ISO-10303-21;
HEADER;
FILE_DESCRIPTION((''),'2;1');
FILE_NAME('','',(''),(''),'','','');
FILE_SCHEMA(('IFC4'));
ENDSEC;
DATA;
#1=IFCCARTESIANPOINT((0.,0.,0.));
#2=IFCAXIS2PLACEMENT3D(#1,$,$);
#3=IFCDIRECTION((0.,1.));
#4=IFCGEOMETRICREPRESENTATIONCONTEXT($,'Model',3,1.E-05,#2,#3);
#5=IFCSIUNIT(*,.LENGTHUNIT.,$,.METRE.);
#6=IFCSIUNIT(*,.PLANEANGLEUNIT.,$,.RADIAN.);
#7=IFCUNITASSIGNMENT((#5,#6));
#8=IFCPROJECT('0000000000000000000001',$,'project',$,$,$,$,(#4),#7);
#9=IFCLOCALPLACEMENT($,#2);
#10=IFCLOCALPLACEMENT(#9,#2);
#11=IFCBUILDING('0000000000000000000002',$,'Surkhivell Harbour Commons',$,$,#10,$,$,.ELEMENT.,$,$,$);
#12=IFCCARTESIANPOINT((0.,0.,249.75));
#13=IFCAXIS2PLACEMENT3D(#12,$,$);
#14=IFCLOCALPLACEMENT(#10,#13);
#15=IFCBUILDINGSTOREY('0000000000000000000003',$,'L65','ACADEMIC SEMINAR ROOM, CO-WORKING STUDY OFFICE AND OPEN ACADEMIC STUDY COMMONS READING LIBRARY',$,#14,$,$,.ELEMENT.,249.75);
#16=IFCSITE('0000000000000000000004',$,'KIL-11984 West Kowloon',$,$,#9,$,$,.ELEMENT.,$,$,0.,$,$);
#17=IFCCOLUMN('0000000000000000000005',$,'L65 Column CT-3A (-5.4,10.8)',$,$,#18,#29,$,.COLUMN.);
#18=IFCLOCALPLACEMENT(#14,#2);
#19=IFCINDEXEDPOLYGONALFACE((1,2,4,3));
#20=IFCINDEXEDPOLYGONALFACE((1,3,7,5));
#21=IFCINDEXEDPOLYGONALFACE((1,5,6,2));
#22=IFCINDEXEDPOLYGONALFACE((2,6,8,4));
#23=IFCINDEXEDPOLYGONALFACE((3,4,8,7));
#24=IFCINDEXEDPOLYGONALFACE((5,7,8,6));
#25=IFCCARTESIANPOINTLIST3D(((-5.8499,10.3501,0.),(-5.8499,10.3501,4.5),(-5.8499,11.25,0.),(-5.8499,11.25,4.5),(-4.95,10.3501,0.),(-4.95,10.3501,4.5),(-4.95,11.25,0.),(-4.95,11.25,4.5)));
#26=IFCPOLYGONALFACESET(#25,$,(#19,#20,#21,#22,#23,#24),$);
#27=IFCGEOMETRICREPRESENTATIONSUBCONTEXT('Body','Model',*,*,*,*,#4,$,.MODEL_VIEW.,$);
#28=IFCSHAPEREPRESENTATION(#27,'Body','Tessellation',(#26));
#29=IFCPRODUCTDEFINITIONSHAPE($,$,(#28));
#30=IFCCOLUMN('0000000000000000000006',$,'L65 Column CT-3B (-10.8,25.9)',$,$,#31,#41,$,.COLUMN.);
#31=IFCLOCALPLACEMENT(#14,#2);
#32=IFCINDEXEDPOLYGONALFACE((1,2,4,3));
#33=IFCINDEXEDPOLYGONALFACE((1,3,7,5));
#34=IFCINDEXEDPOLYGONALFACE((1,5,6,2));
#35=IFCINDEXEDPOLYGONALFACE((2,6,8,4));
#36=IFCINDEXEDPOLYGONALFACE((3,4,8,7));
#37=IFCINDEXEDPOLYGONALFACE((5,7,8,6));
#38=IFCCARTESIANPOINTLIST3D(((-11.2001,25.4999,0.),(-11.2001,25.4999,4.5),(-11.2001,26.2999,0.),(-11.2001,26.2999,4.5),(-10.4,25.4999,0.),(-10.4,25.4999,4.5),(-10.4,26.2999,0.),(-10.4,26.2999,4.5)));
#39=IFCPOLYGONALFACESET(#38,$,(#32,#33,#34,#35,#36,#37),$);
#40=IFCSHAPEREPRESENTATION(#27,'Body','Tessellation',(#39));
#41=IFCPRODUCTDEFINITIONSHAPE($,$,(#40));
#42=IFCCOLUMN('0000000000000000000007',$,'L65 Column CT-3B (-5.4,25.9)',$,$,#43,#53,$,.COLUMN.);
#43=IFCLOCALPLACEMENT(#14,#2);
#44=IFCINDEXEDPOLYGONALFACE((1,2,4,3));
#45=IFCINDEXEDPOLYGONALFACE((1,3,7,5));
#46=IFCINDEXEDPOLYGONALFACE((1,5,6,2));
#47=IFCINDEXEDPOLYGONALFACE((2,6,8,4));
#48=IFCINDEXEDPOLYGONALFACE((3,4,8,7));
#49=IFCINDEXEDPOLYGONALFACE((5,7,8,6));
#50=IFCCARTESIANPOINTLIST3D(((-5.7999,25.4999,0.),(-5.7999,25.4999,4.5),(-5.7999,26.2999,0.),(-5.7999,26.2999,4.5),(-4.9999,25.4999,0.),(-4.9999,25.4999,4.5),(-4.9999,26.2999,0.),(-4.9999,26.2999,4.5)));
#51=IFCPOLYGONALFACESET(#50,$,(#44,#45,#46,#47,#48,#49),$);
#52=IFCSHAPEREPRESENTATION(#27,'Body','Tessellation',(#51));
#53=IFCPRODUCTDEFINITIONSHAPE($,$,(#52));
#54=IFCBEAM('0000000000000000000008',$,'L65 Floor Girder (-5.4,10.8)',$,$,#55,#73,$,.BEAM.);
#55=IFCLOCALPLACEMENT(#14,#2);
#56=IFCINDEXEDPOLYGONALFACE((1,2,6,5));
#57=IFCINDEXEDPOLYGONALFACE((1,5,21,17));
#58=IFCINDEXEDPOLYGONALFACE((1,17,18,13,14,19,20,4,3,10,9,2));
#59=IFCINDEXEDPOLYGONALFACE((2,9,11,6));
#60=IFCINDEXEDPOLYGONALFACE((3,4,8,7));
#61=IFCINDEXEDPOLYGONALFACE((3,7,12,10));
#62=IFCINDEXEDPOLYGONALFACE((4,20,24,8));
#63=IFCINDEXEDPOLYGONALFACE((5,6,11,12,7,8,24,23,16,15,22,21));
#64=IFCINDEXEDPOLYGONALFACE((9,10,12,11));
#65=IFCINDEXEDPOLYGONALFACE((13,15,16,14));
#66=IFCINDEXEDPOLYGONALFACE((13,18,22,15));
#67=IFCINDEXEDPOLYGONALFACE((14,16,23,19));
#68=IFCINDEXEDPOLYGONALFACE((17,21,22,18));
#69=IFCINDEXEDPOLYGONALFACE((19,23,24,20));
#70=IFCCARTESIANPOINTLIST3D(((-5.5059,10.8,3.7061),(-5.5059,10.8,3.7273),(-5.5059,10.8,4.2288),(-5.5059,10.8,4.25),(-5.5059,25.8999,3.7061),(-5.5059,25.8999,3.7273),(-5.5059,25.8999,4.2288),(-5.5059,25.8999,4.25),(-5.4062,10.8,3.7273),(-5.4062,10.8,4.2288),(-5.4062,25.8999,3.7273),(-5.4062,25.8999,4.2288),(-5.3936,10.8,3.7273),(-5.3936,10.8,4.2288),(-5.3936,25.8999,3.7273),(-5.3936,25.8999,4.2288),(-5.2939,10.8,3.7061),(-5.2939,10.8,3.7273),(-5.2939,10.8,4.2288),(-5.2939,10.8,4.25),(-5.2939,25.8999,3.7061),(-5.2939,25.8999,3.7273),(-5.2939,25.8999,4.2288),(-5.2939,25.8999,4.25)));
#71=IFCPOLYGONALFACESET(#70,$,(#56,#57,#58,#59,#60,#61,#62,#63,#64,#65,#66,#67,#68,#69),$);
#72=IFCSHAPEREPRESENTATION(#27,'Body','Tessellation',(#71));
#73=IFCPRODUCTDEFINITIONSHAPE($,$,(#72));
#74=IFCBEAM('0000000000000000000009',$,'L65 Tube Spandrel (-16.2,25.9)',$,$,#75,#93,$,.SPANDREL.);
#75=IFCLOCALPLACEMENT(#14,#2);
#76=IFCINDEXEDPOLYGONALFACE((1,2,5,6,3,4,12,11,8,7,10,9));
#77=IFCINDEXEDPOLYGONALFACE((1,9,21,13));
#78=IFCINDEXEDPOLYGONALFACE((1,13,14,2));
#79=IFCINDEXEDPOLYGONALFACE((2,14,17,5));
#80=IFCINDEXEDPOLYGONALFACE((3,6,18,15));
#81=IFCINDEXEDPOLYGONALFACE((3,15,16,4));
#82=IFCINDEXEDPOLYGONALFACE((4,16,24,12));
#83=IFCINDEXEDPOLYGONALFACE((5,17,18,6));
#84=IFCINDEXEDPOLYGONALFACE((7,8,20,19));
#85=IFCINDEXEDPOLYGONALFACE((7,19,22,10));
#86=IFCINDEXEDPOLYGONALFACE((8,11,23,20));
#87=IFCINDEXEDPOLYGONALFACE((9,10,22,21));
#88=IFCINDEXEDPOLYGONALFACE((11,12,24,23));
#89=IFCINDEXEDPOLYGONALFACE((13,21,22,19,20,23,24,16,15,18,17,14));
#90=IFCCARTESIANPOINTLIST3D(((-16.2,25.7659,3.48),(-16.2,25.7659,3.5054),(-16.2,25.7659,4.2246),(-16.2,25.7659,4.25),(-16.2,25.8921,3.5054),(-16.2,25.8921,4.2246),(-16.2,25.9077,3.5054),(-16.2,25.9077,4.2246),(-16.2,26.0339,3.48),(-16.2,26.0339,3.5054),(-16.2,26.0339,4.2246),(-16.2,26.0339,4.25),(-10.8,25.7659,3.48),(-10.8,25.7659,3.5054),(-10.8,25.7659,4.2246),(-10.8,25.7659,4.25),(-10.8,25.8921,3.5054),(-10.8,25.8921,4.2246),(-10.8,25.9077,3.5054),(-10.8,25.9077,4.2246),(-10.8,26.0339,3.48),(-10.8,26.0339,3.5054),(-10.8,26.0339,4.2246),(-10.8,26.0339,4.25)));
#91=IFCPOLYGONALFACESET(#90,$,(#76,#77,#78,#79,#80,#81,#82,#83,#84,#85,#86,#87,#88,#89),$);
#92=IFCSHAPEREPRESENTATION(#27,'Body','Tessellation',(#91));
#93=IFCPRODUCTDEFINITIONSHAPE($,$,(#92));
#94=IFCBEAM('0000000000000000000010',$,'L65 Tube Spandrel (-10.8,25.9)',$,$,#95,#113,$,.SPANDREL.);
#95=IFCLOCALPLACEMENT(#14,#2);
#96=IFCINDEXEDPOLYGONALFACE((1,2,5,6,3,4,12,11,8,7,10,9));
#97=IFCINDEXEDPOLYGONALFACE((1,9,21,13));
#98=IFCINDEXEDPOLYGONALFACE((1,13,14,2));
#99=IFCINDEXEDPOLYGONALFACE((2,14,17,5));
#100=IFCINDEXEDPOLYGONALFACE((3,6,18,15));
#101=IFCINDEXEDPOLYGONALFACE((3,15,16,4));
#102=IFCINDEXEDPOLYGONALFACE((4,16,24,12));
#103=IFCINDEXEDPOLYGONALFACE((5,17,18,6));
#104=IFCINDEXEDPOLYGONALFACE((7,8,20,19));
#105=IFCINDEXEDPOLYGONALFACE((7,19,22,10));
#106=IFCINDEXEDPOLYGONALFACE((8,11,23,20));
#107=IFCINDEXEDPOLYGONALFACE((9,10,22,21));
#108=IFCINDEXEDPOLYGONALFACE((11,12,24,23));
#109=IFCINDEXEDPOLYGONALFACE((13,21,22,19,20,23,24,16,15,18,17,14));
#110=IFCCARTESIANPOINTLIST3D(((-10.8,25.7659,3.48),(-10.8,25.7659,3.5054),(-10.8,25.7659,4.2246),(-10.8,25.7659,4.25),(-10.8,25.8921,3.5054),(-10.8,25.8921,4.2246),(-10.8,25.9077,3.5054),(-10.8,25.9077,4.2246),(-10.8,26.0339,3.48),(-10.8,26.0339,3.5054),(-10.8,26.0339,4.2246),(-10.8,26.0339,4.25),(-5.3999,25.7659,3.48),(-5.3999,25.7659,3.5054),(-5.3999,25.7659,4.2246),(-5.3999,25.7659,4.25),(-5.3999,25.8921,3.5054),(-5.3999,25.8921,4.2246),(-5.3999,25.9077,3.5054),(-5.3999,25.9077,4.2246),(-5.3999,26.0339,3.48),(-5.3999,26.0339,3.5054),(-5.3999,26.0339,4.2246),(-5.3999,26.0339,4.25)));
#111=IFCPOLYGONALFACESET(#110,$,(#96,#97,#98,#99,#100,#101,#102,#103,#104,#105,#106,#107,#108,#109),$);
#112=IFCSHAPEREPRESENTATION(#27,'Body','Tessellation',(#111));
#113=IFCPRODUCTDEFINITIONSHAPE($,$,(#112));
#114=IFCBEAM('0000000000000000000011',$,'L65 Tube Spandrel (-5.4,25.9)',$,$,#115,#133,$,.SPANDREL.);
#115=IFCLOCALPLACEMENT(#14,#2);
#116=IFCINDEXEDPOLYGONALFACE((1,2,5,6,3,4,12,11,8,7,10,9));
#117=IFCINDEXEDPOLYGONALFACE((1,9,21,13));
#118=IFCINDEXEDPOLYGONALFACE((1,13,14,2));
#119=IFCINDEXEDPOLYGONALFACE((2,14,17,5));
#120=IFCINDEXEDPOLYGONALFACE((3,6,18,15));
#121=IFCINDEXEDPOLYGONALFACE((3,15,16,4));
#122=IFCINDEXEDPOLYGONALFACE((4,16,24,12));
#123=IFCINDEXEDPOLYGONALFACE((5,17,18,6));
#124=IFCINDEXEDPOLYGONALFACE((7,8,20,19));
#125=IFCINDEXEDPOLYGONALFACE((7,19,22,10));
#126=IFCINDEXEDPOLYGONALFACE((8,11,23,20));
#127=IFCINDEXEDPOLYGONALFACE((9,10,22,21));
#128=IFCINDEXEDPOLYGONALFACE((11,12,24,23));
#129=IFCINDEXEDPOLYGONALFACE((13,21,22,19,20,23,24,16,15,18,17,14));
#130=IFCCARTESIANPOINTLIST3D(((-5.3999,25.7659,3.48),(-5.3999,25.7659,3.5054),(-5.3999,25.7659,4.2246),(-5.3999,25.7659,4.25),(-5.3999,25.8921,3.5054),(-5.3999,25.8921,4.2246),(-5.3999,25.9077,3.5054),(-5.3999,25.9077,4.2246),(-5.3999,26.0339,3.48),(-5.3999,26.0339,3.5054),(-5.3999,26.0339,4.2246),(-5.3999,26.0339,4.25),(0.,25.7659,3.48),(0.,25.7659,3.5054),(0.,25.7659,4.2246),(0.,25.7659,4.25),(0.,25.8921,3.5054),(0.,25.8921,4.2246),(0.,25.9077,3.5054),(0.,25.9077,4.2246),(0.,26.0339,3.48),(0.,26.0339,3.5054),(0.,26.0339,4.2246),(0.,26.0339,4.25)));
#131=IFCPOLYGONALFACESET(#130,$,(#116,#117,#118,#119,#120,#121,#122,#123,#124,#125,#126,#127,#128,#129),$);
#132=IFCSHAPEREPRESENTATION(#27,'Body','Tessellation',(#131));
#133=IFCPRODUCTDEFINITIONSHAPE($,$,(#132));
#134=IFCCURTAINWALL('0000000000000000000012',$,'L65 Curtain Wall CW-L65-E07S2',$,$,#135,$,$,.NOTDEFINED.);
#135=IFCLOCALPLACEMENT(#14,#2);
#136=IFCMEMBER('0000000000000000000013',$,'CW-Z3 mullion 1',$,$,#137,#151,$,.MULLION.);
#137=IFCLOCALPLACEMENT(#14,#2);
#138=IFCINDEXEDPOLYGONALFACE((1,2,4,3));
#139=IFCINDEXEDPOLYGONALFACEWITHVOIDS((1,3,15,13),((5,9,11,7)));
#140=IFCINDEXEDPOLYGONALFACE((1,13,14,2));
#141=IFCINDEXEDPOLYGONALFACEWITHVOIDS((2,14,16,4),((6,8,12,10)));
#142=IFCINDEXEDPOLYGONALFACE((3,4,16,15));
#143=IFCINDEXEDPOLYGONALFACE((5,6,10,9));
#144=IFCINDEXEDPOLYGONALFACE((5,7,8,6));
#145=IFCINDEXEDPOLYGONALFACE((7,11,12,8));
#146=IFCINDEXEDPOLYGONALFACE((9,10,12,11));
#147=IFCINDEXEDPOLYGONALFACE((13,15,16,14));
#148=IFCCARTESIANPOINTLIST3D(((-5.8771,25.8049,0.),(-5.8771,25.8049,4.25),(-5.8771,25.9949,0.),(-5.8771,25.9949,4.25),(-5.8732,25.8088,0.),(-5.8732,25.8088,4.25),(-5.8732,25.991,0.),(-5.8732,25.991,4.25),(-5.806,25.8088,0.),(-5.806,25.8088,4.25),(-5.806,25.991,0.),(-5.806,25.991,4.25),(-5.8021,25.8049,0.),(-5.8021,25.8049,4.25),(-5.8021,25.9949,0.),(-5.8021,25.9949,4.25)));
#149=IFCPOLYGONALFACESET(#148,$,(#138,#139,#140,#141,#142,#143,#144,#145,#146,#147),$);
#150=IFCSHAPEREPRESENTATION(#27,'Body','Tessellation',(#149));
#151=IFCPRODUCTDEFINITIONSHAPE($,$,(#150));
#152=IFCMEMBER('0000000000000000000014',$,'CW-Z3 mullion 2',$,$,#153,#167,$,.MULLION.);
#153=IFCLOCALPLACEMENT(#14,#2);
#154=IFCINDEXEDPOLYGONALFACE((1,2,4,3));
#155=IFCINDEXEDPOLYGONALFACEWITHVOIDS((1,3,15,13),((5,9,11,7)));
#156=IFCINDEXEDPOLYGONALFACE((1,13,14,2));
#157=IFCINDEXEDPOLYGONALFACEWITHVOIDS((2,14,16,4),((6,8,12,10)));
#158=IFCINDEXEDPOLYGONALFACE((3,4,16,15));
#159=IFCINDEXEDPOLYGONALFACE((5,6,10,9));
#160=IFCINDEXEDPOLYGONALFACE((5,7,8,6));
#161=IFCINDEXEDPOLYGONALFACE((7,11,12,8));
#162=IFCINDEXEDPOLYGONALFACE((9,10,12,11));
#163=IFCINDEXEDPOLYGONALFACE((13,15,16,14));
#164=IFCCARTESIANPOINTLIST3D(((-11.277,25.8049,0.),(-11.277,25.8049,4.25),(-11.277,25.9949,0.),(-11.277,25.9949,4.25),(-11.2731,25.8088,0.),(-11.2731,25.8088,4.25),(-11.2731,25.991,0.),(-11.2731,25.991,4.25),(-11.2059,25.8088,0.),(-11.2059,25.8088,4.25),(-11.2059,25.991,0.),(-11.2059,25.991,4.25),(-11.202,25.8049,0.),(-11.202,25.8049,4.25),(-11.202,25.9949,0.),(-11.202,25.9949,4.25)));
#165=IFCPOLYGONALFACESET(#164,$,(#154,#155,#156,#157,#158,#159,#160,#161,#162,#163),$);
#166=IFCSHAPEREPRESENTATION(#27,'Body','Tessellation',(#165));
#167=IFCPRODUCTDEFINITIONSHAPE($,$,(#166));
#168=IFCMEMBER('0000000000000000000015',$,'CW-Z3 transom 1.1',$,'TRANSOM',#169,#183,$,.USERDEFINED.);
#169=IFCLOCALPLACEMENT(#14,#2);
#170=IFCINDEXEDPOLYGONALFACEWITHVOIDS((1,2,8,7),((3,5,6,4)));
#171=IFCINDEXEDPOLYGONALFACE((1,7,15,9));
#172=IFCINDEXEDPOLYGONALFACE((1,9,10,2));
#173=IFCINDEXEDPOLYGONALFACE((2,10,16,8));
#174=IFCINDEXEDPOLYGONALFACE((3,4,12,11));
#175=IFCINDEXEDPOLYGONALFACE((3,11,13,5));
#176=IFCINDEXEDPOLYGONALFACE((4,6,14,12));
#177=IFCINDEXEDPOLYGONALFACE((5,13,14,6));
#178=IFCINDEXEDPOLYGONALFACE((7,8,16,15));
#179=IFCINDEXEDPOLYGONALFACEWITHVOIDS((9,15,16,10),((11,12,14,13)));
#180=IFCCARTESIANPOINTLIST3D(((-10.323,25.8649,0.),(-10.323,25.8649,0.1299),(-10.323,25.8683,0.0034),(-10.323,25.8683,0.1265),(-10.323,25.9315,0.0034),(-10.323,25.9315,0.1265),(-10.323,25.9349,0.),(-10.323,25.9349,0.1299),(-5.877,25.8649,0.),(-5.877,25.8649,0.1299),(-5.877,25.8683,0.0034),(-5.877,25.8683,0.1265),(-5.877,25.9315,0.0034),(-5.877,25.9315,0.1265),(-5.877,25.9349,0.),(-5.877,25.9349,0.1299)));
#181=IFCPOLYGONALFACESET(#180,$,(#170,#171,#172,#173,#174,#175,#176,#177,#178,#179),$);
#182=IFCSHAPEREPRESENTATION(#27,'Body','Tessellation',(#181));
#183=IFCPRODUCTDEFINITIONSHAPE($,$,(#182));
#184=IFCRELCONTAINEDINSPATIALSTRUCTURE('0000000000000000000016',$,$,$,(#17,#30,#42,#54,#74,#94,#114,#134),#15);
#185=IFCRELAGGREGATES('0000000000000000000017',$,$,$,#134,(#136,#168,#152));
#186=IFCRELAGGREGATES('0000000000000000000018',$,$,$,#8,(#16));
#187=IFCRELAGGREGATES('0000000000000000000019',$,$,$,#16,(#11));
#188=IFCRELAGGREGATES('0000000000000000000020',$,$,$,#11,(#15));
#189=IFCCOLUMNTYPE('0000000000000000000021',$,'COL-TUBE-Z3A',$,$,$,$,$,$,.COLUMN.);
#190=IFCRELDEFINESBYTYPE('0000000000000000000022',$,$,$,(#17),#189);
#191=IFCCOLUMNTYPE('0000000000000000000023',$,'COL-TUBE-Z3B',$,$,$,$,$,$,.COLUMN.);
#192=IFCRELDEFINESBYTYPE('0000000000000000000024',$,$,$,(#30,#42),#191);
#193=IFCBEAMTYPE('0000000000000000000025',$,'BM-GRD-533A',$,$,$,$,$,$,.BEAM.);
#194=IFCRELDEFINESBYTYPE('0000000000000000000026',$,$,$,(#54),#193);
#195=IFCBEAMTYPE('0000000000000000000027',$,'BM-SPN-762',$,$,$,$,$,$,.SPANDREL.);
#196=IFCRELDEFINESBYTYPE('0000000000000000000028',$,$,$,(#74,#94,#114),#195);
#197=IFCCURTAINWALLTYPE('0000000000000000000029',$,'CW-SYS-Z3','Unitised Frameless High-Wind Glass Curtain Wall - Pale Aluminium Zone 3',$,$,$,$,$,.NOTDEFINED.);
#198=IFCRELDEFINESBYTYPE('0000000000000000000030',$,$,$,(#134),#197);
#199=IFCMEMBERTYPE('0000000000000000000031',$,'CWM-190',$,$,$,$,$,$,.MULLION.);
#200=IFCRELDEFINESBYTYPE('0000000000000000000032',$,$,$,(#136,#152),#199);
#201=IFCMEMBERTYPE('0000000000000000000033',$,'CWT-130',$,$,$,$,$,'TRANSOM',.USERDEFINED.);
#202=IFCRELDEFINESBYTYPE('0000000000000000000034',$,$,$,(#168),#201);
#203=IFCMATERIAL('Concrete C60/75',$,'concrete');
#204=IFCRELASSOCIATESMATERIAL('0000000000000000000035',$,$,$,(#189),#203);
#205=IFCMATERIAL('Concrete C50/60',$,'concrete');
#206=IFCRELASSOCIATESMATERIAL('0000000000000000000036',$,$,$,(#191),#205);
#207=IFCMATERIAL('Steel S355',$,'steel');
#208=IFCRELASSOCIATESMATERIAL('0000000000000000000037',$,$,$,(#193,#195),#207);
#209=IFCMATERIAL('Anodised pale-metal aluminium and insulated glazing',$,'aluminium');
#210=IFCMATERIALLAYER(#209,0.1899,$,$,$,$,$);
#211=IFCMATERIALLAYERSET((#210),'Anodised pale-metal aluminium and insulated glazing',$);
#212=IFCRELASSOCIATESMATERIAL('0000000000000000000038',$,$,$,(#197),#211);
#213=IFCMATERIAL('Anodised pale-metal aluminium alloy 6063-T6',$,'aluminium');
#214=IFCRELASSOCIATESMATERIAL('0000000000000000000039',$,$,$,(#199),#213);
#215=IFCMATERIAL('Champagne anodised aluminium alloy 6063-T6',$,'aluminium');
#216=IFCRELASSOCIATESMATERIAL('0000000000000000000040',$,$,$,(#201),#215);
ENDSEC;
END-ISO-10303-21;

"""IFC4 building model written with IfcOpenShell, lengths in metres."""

from ifc_helpers import new_model, si_unit, direction, frame, origin, origin_2d, place, context, subcontext, project, spatial, rectangle, hollow_rectangle, i_section, extrude, material, layer, layer_set, material_profile, profile_set, type_object, element, aggregate, save


model = new_model("IFC4")

# Units and contexts
model_context = context("Model", 3, precision=1e-05, world=origin(), true_north=direction((0.0, 1.0)))
body_context = subcontext(model_context, "Body", "Model", "MODEL_VIEW")
ifc_project = project(units=[si_unit("LENGTHUNIT", "METRE"), si_unit("PLANEANGLEUNIT", "RADIAN")], contexts=[model_context])

# Site, building, storey
site_placement = place(None, origin())
site = spatial("IfcSite", under=ifc_project, at=site_placement, Name="KIL-11984 West Kowloon", CompositionType="ELEMENT", RefElevation=0.0)
building_placement = place(site_placement, origin())
building = spatial("IfcBuilding", under=site, at=building_placement, Name="Surkhivell Harbour Commons", CompositionType="ELEMENT")
storey_placement = place(building_placement, frame((0.0, 0.0, 249.75)))
storey = spatial("IfcBuildingStorey", under=building, at=storey_placement, Name="L65", Description="ACADEMIC SEMINAR ROOM, CO-WORKING STUDY OFFICE AND OPEN ACADEMIC STUDY COMMONS READING LIBRARY", CompositionType="ELEMENT", Elevation=249.75)

# Columns
ifc_material_1 = material(Name="Concrete C60/75", Category="concrete")
ifc_material_profile_1 = material_profile(ifc_material_1, rectangle(XDim=0.8999, YDim=0.8999, at=origin_2d()), Name="RC-COL-900x900")
ifc_profile_set_1 = profile_set([ifc_material_profile_1], Name="Concrete C60/75")
column_type_1 = type_object("IfcColumnType", Name="COL-TUBE-Z3A", PredefinedType="COLUMN", material=ifc_profile_set_1)
column_placement = place(storey_placement, frame((-5.3999, 10.8, 0.0), z_axis=(0.0, 0.0, 1.0), x_axis=(1.0, 0.0, 0.0)))
element("IfcColumn", 1, at=column_placement, inside=storey, type_object=column_type_1, Name="L65 Column CT-3A (-5.4,10.8)", PredefinedType="COLUMN", context=body_context, shape_type="SweptSolid", body=[
    extrude(rectangle(XDim=0.8999, YDim=0.8999, at=origin_2d()), origin(), (0.0, 0.0, 1.0), 4.5),
])
ifc_material_2 = material(Name="Concrete C50/60", Category="concrete")
ifc_material_profile_2 = material_profile(ifc_material_2, rectangle(XDim=0.8, YDim=0.8, at=origin_2d()), Name="RC-COL-800x800")
ifc_profile_set_2 = profile_set([ifc_material_profile_2], Name="Concrete C50/60")
column_type_2 = type_object("IfcColumnType", Name="COL-TUBE-Z3B", PredefinedType="COLUMN", material=ifc_profile_set_2)
for number, where, z_axis, x_axis, name in (
    (2, (-10.8, 25.8999, 0.0), (0.0, 0.0, 1.0), (1.0, 0.0, 0.0), "L65 Column CT-3B (-10.8,25.9)"),
    (3, (-5.3999, 25.8999, 0.0), (0.0, 0.0, 1.0), (1.0, 0.0, 0.0), "L65 Column CT-3B (-5.4,25.9)"),
):
    element("IfcColumn", number, at=place(storey_placement, frame(where, z_axis=z_axis, x_axis=x_axis)), inside=storey, type_object=column_type_2, Name=name, PredefinedType="COLUMN", context=body_context, shape_type="SweptSolid", body=[
        extrude(rectangle(XDim=0.8, YDim=0.8, at=origin_2d()), origin(), (0.0, 0.0, 1.0), 4.5),
    ])

# Beams
ifc_material_3 = material(Name="Steel S355", Category="steel")
ifc_material_profile_3 = material_profile(ifc_material_3, i_section(OverallWidth=0.2119, OverallDepth=0.5439, WebThickness=0.0127, FlangeThickness=0.0212, at=origin_2d()), Name="UB533x210x122")
ifc_profile_set_3 = profile_set([ifc_material_profile_3], Name="Steel S355")
beam_type_1 = type_object("IfcBeamType", Name="BM-GRD-533A", PredefinedType="BEAM", material=ifc_profile_set_3)
beam_1_placement = place(storey_placement, frame((-5.3999, 10.8, 3.978), z_axis=(0.0, 1.0, 0.0), x_axis=(-1.0, 0.0, 0.0)))
element("IfcBeam", 4, at=beam_1_placement, inside=storey, type_object=beam_type_1, Name="L65 Floor Girder (-5.4,10.8)", PredefinedType="BEAM", context=body_context, shape_type="SweptSolid", body=[
    extrude(i_section(OverallWidth=0.2119, OverallDepth=0.5439, WebThickness=0.0127, FlangeThickness=0.0212, at=origin_2d()), origin(), (0.0, 0.0, 1.0), 15.0999),
])
ifc_material_profile_4 = material_profile(ifc_material_3, i_section(OverallWidth=0.2681, OverallDepth=0.77, WebThickness=0.0156, FlangeThickness=0.0254, at=origin_2d()), Name="UB762x267x197")
ifc_profile_set_4 = profile_set([ifc_material_profile_4], Name="Steel S355")
beam_type_2 = type_object("IfcBeamType", Name="BM-SPN-762", PredefinedType="SPANDREL", material=ifc_profile_set_4)
beam_2_placement = place(storey_placement, frame((-16.2, 25.8999, 3.865), z_axis=(1.0, 0.0, 0.0), x_axis=(0.0, 1.0, 0.0)))
element("IfcBeam", 5, at=beam_2_placement, inside=storey, type_object=beam_type_2, Name="L65 Tube Spandrel (-16.2,25.9)", PredefinedType="SPANDREL", context=body_context, shape_type="SweptSolid", body=[
    extrude(i_section(OverallWidth=0.2681, OverallDepth=0.77, WebThickness=0.0156, FlangeThickness=0.0254, at=origin_2d()), origin(), (0.0, 0.0, 1.0), 5.3999),
])
beam_3_placement = place(storey_placement, frame((-10.8, 25.8999, 3.865), z_axis=(1.0, 0.0, 0.0), x_axis=(0.0, 1.0, 0.0)))
element("IfcBeam", 6, at=beam_3_placement, inside=storey, type_object=beam_type_2, Name="L65 Tube Spandrel (-10.8,25.9)", PredefinedType="SPANDREL", context=body_context, shape_type="SweptSolid", body=[
    extrude(i_section(OverallWidth=0.2681, OverallDepth=0.77, WebThickness=0.0156, FlangeThickness=0.0254, at=origin_2d()), origin(), (0.0, 0.0, 1.0), 5.4001),
])
beam_4_placement = place(storey_placement, frame((-5.3999, 25.8999, 3.865), z_axis=(1.0, 0.0, 0.0), x_axis=(0.0, 1.0, 0.0)))
element("IfcBeam", 7, at=beam_4_placement, inside=storey, type_object=beam_type_2, Name="L65 Tube Spandrel (-5.4,25.9)", PredefinedType="SPANDREL", context=body_context, shape_type="SweptSolid", body=[
    extrude(i_section(OverallWidth=0.2681, OverallDepth=0.77, WebThickness=0.0156, FlangeThickness=0.0254, at=origin_2d()), origin(), (0.0, 0.0, 1.0), 5.3999),
])

# Curtain wall, members
ifc_material_4 = material(Name="Anodised pale-metal aluminium and insulated glazing", Category="aluminium")
ifc_layer_1 = layer(ifc_material_4, 0.1899)
ifc_layer_set_1 = layer_set([ifc_layer_1], Name="Anodised pale-metal aluminium and insulated glazing")
curtain_wall_type = type_object("IfcCurtainWallType", Name="CW-SYS-Z3", Description="Unitised Frameless High-Wind Glass Curtain Wall - Pale Aluminium Zone 3", PredefinedType="NOTDEFINED", material=ifc_layer_set_1)
curtain_wall_placement = place(storey_placement, origin())
curtain_wall = element("IfcCurtainWall", 8, at=curtain_wall_placement, inside=storey, type_object=curtain_wall_type, Name="L65 Curtain Wall CW-L65-E07S2", PredefinedType="NOTDEFINED")
ifc_material_5 = material(Name="Anodised pale-metal aluminium alloy 6063-T6", Category="aluminium")
ifc_material_profile_5 = material_profile(ifc_material_5, hollow_rectangle(XDim=0.075, YDim=0.1899, WallThickness=0.0039, at=origin_2d()), Name="ALU-MULL-75x190")
ifc_profile_set_5 = profile_set([ifc_material_profile_5], Name="Anodised pale-metal aluminium alloy 6063-T6")
member_type_1 = type_object("IfcMemberType", Name="CWM-190", PredefinedType="MULLION", material=ifc_profile_set_5)
member_1_placement = place(storey_placement, frame((-5.8396, 25.8999, 0.0), z_axis=(0.0, 0.0, 1.0), x_axis=(-1.0, 0.0, 0.0)))
member_1 = element("IfcMember", 9, at=member_1_placement, type_object=member_type_1, Name="CW-Z3 mullion 1", PredefinedType="MULLION", context=body_context, shape_type="SweptSolid", body=[
    extrude(hollow_rectangle(XDim=0.075, YDim=0.1899, WallThickness=0.0039, at=origin_2d()), origin(), (0.0, 0.0, 1.0), 4.25),
])
member_2_placement = place(storey_placement, frame((-11.2395, 25.8999, 0.0), z_axis=(0.0, 0.0, 1.0), x_axis=(-1.0, 0.0, 0.0)))
member_2 = element("IfcMember", 10, at=member_2_placement, type_object=member_type_1, Name="CW-Z3 mullion 2", PredefinedType="MULLION", context=body_context, shape_type="SweptSolid", body=[
    extrude(hollow_rectangle(XDim=0.075, YDim=0.1899, WallThickness=0.0039, at=origin_2d()), origin(), (0.0, 0.0, 1.0), 4.25),
])
ifc_material_6 = material(Name="Champagne anodised aluminium alloy 6063-T6", Category="aluminium")
ifc_material_profile_6 = material_profile(ifc_material_6, hollow_rectangle(XDim=0.0701, YDim=0.1299, WallThickness=0.0034, at=origin_2d()), Name="ALU-TRAN-70x130")
ifc_profile_set_6 = profile_set([ifc_material_profile_6], Name="Champagne anodised aluminium alloy 6063-T6")
member_type_2 = type_object("IfcMemberType", Name="CWT-130", ElementType="TRANSOM", PredefinedType="USERDEFINED", material=ifc_profile_set_6)
member_3_placement = place(storey_placement, frame((-5.877, 25.8999, 0.0649), z_axis=(-1.0, 0.0, 0.0), x_axis=(0.0, -1.0, 0.0)))
member_3 = element("IfcMember", 11, at=member_3_placement, type_object=member_type_2, Name="CW-Z3 transom 1.1", ObjectType="TRANSOM", PredefinedType="USERDEFINED", context=body_context, shape_type="SweptSolid", body=[
    extrude(hollow_rectangle(XDim=0.0701, YDim=0.1299, WallThickness=0.0034, at=origin_2d()), origin(), (0.0, 0.0, 1.0), 4.446),
])

aggregate(curtain_wall, [member_1, member_3, member_2])

save(model, "model.ifc")
